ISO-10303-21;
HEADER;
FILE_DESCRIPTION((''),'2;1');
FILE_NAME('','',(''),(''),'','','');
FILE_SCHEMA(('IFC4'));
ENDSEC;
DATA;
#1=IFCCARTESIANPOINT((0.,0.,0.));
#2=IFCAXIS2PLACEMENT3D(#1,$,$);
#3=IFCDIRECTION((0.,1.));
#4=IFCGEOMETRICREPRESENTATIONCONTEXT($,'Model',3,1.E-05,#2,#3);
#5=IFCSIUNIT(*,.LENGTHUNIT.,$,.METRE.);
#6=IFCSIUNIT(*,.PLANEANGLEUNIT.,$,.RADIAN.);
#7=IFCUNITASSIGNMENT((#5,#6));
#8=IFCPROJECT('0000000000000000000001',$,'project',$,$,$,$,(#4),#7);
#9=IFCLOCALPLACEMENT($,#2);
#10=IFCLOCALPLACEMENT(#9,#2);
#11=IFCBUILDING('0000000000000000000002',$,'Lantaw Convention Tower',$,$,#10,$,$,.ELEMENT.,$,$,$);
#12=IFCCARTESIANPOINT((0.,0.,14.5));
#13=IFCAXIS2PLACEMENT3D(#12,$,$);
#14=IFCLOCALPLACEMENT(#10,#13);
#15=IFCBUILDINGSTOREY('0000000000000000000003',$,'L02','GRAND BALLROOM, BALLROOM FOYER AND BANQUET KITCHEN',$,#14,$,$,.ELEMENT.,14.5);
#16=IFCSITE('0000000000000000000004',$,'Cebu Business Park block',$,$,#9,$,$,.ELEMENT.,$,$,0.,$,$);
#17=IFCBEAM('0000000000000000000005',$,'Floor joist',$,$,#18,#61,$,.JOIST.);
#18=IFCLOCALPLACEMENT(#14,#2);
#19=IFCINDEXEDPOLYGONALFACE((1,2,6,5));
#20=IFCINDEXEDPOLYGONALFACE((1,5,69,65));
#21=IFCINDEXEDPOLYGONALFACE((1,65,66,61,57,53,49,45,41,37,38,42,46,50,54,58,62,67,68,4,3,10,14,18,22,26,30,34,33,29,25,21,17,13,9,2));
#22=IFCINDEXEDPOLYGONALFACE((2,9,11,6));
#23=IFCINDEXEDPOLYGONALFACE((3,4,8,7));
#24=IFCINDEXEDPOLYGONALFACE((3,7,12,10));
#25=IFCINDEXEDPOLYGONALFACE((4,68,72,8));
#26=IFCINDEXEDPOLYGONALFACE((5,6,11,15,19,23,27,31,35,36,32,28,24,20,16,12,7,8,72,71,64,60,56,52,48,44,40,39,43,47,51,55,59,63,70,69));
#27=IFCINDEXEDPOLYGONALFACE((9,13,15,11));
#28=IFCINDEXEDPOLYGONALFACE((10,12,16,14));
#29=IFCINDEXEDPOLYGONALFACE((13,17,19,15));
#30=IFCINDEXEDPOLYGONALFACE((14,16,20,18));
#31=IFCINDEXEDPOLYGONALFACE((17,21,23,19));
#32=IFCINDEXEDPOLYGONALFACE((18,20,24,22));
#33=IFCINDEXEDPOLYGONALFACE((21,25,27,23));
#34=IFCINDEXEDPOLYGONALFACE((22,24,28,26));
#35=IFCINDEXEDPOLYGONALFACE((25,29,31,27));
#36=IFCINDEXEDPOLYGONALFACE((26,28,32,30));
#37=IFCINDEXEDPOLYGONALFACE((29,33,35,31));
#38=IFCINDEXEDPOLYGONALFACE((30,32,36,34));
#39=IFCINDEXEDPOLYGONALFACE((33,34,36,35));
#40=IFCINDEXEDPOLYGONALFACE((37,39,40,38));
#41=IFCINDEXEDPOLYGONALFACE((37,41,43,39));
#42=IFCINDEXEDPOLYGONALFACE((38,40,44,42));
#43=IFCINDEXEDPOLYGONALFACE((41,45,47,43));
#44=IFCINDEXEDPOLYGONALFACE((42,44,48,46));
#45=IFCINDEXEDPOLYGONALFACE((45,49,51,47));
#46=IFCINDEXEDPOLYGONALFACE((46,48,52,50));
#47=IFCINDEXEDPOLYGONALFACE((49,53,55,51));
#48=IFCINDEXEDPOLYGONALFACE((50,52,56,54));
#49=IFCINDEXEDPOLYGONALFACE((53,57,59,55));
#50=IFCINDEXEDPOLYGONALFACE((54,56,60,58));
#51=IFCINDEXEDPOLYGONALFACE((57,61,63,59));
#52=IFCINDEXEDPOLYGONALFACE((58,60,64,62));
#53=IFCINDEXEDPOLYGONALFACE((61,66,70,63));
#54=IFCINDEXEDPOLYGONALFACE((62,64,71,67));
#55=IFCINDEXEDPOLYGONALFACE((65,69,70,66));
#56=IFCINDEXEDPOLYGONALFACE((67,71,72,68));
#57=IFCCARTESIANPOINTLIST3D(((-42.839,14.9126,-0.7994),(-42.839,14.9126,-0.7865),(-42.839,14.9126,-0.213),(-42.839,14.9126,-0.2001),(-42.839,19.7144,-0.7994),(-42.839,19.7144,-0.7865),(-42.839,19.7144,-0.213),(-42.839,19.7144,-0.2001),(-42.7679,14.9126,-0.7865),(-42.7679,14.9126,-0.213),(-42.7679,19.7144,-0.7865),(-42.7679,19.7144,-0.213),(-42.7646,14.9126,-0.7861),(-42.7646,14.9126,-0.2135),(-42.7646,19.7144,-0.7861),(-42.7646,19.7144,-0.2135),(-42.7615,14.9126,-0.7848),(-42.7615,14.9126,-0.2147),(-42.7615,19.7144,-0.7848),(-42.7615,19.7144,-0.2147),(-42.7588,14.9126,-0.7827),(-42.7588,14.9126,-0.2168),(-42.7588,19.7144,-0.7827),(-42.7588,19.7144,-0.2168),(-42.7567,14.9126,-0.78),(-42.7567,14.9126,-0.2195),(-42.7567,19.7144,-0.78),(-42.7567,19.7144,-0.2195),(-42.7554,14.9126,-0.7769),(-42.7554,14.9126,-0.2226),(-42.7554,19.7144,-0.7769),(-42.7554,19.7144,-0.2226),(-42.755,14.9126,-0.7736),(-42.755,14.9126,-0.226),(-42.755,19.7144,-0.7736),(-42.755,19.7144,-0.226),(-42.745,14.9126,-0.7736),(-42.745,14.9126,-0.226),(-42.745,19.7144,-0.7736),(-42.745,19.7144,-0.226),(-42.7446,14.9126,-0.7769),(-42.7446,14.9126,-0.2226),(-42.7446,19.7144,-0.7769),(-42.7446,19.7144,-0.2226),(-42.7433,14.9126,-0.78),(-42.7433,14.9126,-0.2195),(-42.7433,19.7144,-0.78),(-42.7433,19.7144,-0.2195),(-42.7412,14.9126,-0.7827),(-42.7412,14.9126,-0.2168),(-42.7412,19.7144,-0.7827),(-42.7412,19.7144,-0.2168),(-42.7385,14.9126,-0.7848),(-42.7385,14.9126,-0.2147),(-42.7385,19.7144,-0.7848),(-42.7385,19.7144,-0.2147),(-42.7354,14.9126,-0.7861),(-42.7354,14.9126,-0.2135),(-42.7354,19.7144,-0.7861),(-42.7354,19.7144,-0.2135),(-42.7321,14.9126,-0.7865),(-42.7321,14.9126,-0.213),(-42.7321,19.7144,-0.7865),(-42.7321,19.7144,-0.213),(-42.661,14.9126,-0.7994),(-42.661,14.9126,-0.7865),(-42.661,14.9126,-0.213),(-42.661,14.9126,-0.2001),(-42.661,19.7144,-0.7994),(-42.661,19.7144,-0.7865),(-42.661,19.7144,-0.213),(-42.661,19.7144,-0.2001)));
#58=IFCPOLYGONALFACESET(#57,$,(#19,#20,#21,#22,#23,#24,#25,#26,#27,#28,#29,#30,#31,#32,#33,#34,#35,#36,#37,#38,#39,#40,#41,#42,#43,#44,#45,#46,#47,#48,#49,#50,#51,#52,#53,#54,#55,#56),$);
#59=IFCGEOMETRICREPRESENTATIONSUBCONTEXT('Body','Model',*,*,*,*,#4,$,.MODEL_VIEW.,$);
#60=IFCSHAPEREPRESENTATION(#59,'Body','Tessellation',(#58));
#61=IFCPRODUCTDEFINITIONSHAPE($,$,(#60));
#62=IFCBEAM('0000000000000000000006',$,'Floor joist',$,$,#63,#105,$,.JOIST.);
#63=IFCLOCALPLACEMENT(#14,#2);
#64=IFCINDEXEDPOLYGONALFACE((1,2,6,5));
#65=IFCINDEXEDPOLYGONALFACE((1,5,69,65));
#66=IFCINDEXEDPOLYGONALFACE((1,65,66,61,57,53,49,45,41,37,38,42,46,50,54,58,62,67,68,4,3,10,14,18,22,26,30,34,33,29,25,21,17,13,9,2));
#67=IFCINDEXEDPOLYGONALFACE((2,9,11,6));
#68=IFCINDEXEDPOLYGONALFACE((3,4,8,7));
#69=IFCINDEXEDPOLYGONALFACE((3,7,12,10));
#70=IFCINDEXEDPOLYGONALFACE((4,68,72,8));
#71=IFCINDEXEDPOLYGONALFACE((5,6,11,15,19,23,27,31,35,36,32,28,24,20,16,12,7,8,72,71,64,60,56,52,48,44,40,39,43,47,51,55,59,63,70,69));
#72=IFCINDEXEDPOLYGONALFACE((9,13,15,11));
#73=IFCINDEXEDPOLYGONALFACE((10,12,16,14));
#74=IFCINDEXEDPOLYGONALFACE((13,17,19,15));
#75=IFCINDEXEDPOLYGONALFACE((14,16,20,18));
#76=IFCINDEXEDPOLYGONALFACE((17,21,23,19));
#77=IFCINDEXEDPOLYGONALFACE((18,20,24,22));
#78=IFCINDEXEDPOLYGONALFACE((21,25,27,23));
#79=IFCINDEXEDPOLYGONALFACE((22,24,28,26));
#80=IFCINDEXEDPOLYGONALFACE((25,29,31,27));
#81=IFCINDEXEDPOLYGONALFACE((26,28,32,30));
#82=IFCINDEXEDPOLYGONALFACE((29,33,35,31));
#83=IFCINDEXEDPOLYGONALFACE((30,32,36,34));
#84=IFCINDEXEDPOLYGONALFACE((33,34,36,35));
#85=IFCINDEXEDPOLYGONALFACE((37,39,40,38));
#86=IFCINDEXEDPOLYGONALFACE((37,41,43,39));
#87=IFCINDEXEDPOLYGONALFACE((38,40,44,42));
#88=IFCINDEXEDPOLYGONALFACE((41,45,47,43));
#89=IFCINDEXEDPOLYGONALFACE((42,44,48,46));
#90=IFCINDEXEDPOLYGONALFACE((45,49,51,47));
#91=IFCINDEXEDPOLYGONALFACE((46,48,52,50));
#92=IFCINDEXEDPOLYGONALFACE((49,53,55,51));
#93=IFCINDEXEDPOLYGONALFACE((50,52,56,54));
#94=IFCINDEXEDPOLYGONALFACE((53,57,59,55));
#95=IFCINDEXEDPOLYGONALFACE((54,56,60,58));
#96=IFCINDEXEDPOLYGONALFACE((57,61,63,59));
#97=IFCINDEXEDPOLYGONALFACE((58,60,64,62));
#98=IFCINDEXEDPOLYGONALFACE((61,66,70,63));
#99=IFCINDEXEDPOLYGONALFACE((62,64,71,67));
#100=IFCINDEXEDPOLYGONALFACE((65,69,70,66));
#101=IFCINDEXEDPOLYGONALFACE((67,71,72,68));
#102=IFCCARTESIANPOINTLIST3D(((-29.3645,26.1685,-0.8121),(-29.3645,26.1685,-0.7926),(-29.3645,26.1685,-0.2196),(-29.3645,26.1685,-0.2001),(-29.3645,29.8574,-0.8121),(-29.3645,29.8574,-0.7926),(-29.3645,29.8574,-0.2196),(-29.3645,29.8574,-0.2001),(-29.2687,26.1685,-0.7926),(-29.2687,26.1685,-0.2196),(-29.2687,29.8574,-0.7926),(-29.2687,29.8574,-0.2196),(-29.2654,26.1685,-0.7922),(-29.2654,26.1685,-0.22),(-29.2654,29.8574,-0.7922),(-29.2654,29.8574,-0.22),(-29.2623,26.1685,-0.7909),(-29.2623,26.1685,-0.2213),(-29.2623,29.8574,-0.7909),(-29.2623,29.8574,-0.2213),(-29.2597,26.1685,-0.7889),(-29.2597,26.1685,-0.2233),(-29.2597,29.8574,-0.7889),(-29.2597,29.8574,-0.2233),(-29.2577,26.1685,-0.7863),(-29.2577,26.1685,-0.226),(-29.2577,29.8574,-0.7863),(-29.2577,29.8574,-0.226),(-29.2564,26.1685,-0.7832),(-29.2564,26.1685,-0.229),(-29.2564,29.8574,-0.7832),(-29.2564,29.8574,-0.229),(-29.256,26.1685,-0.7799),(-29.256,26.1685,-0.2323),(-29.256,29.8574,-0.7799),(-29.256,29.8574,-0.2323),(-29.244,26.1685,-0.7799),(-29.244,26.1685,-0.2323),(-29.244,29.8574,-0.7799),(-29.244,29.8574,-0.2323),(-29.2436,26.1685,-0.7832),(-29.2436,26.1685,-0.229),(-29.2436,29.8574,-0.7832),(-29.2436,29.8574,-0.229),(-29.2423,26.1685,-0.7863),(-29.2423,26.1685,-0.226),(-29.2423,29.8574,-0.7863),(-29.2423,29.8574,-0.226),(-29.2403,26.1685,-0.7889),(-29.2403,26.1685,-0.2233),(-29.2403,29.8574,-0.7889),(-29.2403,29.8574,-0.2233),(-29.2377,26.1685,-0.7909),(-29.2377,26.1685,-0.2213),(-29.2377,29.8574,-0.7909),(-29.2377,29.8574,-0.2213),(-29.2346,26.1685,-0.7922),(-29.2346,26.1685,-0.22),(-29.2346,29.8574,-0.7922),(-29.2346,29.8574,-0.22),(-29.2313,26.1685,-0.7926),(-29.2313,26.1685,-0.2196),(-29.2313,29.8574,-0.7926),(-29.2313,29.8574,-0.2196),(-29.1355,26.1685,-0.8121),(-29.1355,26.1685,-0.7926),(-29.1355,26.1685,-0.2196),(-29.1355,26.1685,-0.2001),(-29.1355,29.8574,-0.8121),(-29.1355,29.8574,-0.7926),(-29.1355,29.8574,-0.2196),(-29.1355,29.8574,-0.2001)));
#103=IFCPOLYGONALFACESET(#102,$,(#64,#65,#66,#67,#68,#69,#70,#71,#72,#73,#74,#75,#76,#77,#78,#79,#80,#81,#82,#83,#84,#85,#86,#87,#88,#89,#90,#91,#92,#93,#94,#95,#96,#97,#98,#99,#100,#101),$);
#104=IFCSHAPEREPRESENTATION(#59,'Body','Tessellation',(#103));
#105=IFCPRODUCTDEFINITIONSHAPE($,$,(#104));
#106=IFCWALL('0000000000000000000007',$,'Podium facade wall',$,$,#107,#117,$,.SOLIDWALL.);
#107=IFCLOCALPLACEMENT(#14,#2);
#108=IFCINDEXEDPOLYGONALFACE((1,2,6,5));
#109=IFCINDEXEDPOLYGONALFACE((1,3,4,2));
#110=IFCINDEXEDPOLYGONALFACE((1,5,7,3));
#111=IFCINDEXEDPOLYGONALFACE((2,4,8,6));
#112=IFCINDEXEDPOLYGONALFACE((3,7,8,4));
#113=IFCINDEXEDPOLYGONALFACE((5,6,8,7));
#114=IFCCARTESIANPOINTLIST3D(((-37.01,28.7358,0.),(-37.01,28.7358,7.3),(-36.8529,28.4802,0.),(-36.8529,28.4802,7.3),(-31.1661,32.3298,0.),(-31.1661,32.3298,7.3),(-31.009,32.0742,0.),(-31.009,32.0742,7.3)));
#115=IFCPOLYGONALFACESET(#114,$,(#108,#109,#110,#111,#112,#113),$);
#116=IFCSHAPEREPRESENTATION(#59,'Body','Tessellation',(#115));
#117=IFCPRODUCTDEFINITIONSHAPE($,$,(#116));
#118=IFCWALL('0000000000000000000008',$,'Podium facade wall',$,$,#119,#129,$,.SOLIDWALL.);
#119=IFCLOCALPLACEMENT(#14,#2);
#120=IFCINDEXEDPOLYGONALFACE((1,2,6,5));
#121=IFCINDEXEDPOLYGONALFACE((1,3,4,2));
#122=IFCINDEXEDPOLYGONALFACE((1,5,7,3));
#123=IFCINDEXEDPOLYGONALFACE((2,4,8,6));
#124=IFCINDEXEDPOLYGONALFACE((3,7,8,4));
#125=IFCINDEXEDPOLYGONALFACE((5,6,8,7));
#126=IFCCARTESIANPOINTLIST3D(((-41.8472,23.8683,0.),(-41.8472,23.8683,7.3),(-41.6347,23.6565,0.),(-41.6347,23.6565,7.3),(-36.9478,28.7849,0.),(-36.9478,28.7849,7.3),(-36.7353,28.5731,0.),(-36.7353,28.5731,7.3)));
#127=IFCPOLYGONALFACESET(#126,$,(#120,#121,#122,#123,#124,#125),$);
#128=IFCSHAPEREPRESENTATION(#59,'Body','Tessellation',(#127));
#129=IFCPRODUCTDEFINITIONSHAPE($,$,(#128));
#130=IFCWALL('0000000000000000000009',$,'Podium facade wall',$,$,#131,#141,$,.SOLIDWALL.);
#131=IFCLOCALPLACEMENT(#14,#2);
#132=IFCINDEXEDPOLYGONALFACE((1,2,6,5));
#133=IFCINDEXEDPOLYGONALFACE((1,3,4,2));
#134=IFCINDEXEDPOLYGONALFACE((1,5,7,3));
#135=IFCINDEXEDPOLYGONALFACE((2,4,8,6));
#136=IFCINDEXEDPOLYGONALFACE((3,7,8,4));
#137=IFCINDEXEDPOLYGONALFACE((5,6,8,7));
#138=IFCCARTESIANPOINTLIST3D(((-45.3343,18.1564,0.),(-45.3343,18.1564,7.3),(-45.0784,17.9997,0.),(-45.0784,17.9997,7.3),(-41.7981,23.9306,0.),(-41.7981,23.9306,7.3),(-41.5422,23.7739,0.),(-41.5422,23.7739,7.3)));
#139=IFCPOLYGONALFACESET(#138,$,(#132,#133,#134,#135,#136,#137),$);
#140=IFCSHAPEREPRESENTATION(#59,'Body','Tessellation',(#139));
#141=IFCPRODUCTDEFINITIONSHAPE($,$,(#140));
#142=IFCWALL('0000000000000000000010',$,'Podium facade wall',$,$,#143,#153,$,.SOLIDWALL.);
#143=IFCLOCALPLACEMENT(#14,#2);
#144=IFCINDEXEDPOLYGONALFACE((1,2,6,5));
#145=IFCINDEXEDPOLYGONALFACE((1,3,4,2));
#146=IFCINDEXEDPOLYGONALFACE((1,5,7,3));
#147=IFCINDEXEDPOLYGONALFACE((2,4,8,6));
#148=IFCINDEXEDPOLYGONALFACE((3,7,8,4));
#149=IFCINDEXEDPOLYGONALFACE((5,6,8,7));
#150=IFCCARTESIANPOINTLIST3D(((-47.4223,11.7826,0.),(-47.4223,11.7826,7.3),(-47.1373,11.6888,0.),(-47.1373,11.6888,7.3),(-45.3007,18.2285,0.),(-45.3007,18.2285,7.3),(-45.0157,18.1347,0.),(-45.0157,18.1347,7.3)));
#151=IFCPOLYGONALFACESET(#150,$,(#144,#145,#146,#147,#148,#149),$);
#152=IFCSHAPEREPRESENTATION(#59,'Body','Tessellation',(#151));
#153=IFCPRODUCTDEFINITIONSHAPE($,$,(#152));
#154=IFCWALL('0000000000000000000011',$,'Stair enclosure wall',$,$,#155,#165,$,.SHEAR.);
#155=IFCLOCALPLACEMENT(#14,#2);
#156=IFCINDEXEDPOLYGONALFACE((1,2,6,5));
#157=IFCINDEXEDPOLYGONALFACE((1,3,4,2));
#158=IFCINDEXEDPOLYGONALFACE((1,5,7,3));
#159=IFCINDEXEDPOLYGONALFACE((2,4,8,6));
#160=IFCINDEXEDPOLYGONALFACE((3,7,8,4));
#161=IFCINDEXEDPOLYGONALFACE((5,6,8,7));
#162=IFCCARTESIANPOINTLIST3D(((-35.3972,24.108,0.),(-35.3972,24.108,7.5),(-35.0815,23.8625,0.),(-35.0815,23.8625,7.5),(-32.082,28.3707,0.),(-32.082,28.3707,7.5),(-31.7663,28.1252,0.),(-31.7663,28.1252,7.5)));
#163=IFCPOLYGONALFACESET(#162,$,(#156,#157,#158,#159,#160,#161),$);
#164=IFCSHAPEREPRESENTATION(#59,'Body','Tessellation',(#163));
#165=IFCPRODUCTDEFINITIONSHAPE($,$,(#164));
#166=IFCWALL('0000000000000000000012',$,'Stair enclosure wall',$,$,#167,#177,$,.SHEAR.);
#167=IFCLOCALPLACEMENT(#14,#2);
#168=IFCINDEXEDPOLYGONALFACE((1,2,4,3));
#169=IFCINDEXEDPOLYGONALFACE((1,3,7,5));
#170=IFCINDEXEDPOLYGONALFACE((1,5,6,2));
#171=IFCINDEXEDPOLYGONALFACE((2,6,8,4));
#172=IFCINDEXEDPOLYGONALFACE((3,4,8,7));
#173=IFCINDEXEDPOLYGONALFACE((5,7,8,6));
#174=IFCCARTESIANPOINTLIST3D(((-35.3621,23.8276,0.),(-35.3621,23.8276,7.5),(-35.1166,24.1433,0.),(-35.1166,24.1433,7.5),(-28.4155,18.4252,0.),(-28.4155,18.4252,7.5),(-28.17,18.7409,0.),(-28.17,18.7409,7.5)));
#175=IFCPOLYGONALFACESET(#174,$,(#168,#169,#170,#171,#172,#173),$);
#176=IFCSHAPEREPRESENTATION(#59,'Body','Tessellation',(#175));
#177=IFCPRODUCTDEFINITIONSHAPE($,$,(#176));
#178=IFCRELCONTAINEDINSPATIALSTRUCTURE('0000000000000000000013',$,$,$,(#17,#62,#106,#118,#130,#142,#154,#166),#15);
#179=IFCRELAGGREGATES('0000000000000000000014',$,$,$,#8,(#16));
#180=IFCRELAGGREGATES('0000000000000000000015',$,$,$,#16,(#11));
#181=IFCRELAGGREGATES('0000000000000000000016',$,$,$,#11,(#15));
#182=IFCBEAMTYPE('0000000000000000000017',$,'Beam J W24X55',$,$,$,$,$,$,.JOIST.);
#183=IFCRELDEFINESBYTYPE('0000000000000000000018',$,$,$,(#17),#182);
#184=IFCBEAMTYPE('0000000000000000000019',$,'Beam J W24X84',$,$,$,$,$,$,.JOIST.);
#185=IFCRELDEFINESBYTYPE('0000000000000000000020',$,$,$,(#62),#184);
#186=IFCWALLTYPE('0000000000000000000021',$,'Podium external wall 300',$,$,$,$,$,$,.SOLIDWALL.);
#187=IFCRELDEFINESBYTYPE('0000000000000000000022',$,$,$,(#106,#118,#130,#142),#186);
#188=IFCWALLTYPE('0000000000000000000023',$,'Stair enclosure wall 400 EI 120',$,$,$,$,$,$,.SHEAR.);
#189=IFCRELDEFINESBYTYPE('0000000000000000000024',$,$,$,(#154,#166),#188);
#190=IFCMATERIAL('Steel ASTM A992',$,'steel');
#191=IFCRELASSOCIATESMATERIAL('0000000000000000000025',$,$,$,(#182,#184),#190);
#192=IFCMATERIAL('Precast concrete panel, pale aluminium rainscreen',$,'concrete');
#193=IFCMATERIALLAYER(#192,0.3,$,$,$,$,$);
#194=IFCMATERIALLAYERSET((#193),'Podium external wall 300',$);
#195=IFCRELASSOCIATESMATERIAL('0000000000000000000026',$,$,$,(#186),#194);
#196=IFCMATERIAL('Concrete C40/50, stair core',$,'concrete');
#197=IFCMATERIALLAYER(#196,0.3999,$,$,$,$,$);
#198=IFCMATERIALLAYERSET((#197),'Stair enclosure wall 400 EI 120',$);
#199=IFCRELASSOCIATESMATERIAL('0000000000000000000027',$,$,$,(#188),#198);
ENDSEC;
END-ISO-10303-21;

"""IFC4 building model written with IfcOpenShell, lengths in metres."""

from ifc_helpers import new_model, si_unit, direction, frame, frame_2d, origin, origin_2d, place, context, subcontext, project, spatial, rectangle, i_section, extrude, material, layer, layer_set, material_profile, profile_set, type_object, element, save


model = new_model("IFC4")

# Units and contexts
model_context = context("Model", 3, precision=1e-05, world=origin(), true_north=direction((0.0, 1.0)))
body_context = subcontext(model_context, "Body", "Model", "MODEL_VIEW")
ifc_project = project(units=[si_unit("LENGTHUNIT", "METRE"), si_unit("PLANEANGLEUNIT", "RADIAN")], contexts=[model_context])

# Site, building, storey
site_placement = place(None, origin())
site = spatial("IfcSite", under=ifc_project, at=site_placement, Name="Cebu Business Park block", CompositionType="ELEMENT", RefElevation=0.0)
building_placement = place(site_placement, origin())
building = spatial("IfcBuilding", under=site, at=building_placement, Name="Lantaw Convention Tower", CompositionType="ELEMENT")
storey_placement = place(building_placement, frame((0.0, 0.0, 14.5)))
storey = spatial("IfcBuildingStorey", under=building, at=storey_placement, Name="L02", Description="GRAND BALLROOM, BALLROOM FOYER AND BANQUET KITCHEN", CompositionType="ELEMENT", Elevation=14.5)

# Beams
ifc_material_1 = material(Name="Steel ASTM A992", Category="steel")
ifc_material_profile_1 = material_profile(ifc_material_1, i_section(OverallWidth=0.178, OverallDepth=0.5994, WebThickness=0.01, FlangeThickness=0.0129, FilletRadius=0.0129, at=origin_2d()), Name="W24X55")
ifc_profile_set_1 = profile_set([ifc_material_profile_1], Name="Steel ASTM A992")
beam_type_1 = type_object("IfcBeamType", Name="Beam J W24X55", PredefinedType="JOIST", material=ifc_profile_set_1)
beam_1_placement = place(storey_placement, frame((-42.75, 14.9126, -0.4998), z_axis=(0.0, 1.0, 0.0), x_axis=(-1.0, 0.0, 0.0)))
element("IfcBeam", 1, at=beam_1_placement, inside=storey, type_object=beam_type_1, Name="Floor joist", PredefinedType="JOIST", context=body_context, shape_type="SweptSolid", body=[
    extrude(i_section(OverallWidth=0.178, OverallDepth=0.5994, WebThickness=0.01, FlangeThickness=0.0129, FilletRadius=0.0129, at=origin_2d()), origin(), (0.0, 0.0, 1.0), 4.8018),
])
ifc_material_profile_2 = material_profile(ifc_material_1, i_section(OverallWidth=0.229, OverallDepth=0.6121, WebThickness=0.012, FlangeThickness=0.0195, FilletRadius=0.0127, at=origin_2d()), Name="W24X84")
ifc_profile_set_2 = profile_set([ifc_material_profile_2], Name="Steel ASTM A992")
beam_type_2 = type_object("IfcBeamType", Name="Beam J W24X84", PredefinedType="JOIST", material=ifc_profile_set_2)
beam_2_placement = place(storey_placement, frame((-29.25, 26.1685, -0.5061), z_axis=(0.0, 1.0, 0.0), x_axis=(-1.0, 0.0, 0.0)))
element("IfcBeam", 2, at=beam_2_placement, inside=storey, type_object=beam_type_2, Name="Floor joist", PredefinedType="JOIST", context=body_context, shape_type="SweptSolid", body=[
    extrude(i_section(OverallWidth=0.229, OverallDepth=0.6121, WebThickness=0.012, FlangeThickness=0.0195, FilletRadius=0.0127, at=origin_2d()), origin(), (0.0, 0.0, 1.0), 3.689),
])

# Walls
ifc_material_2 = material(Name="Precast concrete panel, pale aluminium rainscreen", Category="concrete")
ifc_layer_1 = layer(ifc_material_2, 0.3)
ifc_layer_set_1 = layer_set([ifc_layer_1], Name="Podium external wall 300")
wall_type_1 = type_object("IfcWallType", Name="Podium external wall 300", PredefinedType="SOLIDWALL", material=ifc_layer_set_1)
wall_1_placement = place(storey_placement, frame((-31.0876, 32.2019, 0.0), z_axis=(0.0, 0.0, 1.0), x_axis=(-0.851809, -0.523853, 0.0)))
element("IfcWall", 3, at=wall_1_placement, inside=storey, type_object=wall_type_1, Name="Podium facade wall", PredefinedType="SOLIDWALL", context=body_context, shape_type="SweptSolid", body=[
    extrude(rectangle(XDim=6.8606, YDim=0.3, at=frame_2d((3.4302, 0.0))), origin(), (0.0, 0.0, 1.0), 7.3),
])
wall_2_placement = place(storey_placement, frame((-36.8416, 28.679, 0.0), z_axis=(0.0, 0.0, 1.0), x_axis=(-0.705875, -0.708337, 0.0)))
element("IfcWall", 4, at=wall_2_placement, inside=storey, type_object=wall_type_1, Name="Podium facade wall", PredefinedType="SOLIDWALL", context=body_context, shape_type="SweptSolid", body=[
    extrude(rectangle(XDim=6.9409, YDim=0.3, at=frame_2d((3.4705, 0.0))), origin(), (0.0, 0.0, 1.0), 7.3),
])
wall_3_placement = place(storey_placement, frame((-41.6702, 23.8523, 0.0), z_axis=(0.0, 0.0, 1.0), x_axis=(-0.522253, -0.85279, 0.0)))
element("IfcWall", 5, at=wall_3_placement, inside=storey, type_object=wall_type_1, Name="Podium facade wall", PredefinedType="SOLIDWALL", context=body_context, shape_type="SweptSolid", body=[
    extrude(rectangle(XDim=6.771, YDim=0.3, at=frame_2d((3.3855, 0.0))), origin(), (0.0, 0.0, 1.0), 7.3),
])
wall_4_placement = place(storey_placement, frame((-45.1582, 18.1816, 0.0), z_axis=(0.0, 0.0, 1.0), x_axis=(-0.312631, -0.949874, 0.0)))
element("IfcWall", 6, at=wall_4_placement, inside=storey, type_object=wall_type_1, Name="Podium facade wall", PredefinedType="SOLIDWALL", context=body_context, shape_type="SweptSolid", body=[
    extrude(rectangle(XDim=6.7861, YDim=0.3, at=frame_2d((3.3931, 0.0))), origin(), (0.0, 0.0, 1.0), 7.3),
])
ifc_material_3 = material(Name="Concrete C40/50, stair core", Category="concrete")
ifc_layer_2 = layer(ifc_material_3, 0.3999)
ifc_layer_set_2 = layer_set([ifc_layer_2], Name="Stair enclosure wall 400 EI 120")
wall_type_2 = type_object("IfcWallType", Name="Stair enclosure wall 400 EI 120", PredefinedType="SHEAR", material=ifc_layer_set_2)
wall_5_placement = place(storey_placement, frame((-31.9241, 28.248, 0.0), z_axis=(0.0, 0.0, 1.0), x_axis=(-0.613912, -0.789374, 0.0)))
element("IfcWall", 7, at=wall_5_placement, inside=storey, type_object=wall_type_2, Name="Stair enclosure wall", PredefinedType="SHEAR", context=body_context, shape_type="SweptSolid", body=[
    extrude(rectangle(XDim=5.4001, YDim=0.3999, at=frame_2d((2.7002, 0.0))), origin(), (0.0, 0.0, 1.0), 7.5),
])
wall_6_placement = place(storey_placement, frame((-35.2393, 23.9854, 0.0), z_axis=(0.0, 0.0, 1.0), x_axis=(0.789381, -0.613904, 0.0)))
element("IfcWall", 8, at=wall_6_placement, inside=storey, type_object=wall_type_2, Name="Stair enclosure wall", PredefinedType="SHEAR", context=body_context, shape_type="SweptSolid", body=[
    extrude(rectangle(XDim=8.8, YDim=0.3999, at=frame_2d((4.3999, 0.0))), origin(), (0.0, 0.0, 1.0), 7.5),
])

save(model, "model.ifc")
